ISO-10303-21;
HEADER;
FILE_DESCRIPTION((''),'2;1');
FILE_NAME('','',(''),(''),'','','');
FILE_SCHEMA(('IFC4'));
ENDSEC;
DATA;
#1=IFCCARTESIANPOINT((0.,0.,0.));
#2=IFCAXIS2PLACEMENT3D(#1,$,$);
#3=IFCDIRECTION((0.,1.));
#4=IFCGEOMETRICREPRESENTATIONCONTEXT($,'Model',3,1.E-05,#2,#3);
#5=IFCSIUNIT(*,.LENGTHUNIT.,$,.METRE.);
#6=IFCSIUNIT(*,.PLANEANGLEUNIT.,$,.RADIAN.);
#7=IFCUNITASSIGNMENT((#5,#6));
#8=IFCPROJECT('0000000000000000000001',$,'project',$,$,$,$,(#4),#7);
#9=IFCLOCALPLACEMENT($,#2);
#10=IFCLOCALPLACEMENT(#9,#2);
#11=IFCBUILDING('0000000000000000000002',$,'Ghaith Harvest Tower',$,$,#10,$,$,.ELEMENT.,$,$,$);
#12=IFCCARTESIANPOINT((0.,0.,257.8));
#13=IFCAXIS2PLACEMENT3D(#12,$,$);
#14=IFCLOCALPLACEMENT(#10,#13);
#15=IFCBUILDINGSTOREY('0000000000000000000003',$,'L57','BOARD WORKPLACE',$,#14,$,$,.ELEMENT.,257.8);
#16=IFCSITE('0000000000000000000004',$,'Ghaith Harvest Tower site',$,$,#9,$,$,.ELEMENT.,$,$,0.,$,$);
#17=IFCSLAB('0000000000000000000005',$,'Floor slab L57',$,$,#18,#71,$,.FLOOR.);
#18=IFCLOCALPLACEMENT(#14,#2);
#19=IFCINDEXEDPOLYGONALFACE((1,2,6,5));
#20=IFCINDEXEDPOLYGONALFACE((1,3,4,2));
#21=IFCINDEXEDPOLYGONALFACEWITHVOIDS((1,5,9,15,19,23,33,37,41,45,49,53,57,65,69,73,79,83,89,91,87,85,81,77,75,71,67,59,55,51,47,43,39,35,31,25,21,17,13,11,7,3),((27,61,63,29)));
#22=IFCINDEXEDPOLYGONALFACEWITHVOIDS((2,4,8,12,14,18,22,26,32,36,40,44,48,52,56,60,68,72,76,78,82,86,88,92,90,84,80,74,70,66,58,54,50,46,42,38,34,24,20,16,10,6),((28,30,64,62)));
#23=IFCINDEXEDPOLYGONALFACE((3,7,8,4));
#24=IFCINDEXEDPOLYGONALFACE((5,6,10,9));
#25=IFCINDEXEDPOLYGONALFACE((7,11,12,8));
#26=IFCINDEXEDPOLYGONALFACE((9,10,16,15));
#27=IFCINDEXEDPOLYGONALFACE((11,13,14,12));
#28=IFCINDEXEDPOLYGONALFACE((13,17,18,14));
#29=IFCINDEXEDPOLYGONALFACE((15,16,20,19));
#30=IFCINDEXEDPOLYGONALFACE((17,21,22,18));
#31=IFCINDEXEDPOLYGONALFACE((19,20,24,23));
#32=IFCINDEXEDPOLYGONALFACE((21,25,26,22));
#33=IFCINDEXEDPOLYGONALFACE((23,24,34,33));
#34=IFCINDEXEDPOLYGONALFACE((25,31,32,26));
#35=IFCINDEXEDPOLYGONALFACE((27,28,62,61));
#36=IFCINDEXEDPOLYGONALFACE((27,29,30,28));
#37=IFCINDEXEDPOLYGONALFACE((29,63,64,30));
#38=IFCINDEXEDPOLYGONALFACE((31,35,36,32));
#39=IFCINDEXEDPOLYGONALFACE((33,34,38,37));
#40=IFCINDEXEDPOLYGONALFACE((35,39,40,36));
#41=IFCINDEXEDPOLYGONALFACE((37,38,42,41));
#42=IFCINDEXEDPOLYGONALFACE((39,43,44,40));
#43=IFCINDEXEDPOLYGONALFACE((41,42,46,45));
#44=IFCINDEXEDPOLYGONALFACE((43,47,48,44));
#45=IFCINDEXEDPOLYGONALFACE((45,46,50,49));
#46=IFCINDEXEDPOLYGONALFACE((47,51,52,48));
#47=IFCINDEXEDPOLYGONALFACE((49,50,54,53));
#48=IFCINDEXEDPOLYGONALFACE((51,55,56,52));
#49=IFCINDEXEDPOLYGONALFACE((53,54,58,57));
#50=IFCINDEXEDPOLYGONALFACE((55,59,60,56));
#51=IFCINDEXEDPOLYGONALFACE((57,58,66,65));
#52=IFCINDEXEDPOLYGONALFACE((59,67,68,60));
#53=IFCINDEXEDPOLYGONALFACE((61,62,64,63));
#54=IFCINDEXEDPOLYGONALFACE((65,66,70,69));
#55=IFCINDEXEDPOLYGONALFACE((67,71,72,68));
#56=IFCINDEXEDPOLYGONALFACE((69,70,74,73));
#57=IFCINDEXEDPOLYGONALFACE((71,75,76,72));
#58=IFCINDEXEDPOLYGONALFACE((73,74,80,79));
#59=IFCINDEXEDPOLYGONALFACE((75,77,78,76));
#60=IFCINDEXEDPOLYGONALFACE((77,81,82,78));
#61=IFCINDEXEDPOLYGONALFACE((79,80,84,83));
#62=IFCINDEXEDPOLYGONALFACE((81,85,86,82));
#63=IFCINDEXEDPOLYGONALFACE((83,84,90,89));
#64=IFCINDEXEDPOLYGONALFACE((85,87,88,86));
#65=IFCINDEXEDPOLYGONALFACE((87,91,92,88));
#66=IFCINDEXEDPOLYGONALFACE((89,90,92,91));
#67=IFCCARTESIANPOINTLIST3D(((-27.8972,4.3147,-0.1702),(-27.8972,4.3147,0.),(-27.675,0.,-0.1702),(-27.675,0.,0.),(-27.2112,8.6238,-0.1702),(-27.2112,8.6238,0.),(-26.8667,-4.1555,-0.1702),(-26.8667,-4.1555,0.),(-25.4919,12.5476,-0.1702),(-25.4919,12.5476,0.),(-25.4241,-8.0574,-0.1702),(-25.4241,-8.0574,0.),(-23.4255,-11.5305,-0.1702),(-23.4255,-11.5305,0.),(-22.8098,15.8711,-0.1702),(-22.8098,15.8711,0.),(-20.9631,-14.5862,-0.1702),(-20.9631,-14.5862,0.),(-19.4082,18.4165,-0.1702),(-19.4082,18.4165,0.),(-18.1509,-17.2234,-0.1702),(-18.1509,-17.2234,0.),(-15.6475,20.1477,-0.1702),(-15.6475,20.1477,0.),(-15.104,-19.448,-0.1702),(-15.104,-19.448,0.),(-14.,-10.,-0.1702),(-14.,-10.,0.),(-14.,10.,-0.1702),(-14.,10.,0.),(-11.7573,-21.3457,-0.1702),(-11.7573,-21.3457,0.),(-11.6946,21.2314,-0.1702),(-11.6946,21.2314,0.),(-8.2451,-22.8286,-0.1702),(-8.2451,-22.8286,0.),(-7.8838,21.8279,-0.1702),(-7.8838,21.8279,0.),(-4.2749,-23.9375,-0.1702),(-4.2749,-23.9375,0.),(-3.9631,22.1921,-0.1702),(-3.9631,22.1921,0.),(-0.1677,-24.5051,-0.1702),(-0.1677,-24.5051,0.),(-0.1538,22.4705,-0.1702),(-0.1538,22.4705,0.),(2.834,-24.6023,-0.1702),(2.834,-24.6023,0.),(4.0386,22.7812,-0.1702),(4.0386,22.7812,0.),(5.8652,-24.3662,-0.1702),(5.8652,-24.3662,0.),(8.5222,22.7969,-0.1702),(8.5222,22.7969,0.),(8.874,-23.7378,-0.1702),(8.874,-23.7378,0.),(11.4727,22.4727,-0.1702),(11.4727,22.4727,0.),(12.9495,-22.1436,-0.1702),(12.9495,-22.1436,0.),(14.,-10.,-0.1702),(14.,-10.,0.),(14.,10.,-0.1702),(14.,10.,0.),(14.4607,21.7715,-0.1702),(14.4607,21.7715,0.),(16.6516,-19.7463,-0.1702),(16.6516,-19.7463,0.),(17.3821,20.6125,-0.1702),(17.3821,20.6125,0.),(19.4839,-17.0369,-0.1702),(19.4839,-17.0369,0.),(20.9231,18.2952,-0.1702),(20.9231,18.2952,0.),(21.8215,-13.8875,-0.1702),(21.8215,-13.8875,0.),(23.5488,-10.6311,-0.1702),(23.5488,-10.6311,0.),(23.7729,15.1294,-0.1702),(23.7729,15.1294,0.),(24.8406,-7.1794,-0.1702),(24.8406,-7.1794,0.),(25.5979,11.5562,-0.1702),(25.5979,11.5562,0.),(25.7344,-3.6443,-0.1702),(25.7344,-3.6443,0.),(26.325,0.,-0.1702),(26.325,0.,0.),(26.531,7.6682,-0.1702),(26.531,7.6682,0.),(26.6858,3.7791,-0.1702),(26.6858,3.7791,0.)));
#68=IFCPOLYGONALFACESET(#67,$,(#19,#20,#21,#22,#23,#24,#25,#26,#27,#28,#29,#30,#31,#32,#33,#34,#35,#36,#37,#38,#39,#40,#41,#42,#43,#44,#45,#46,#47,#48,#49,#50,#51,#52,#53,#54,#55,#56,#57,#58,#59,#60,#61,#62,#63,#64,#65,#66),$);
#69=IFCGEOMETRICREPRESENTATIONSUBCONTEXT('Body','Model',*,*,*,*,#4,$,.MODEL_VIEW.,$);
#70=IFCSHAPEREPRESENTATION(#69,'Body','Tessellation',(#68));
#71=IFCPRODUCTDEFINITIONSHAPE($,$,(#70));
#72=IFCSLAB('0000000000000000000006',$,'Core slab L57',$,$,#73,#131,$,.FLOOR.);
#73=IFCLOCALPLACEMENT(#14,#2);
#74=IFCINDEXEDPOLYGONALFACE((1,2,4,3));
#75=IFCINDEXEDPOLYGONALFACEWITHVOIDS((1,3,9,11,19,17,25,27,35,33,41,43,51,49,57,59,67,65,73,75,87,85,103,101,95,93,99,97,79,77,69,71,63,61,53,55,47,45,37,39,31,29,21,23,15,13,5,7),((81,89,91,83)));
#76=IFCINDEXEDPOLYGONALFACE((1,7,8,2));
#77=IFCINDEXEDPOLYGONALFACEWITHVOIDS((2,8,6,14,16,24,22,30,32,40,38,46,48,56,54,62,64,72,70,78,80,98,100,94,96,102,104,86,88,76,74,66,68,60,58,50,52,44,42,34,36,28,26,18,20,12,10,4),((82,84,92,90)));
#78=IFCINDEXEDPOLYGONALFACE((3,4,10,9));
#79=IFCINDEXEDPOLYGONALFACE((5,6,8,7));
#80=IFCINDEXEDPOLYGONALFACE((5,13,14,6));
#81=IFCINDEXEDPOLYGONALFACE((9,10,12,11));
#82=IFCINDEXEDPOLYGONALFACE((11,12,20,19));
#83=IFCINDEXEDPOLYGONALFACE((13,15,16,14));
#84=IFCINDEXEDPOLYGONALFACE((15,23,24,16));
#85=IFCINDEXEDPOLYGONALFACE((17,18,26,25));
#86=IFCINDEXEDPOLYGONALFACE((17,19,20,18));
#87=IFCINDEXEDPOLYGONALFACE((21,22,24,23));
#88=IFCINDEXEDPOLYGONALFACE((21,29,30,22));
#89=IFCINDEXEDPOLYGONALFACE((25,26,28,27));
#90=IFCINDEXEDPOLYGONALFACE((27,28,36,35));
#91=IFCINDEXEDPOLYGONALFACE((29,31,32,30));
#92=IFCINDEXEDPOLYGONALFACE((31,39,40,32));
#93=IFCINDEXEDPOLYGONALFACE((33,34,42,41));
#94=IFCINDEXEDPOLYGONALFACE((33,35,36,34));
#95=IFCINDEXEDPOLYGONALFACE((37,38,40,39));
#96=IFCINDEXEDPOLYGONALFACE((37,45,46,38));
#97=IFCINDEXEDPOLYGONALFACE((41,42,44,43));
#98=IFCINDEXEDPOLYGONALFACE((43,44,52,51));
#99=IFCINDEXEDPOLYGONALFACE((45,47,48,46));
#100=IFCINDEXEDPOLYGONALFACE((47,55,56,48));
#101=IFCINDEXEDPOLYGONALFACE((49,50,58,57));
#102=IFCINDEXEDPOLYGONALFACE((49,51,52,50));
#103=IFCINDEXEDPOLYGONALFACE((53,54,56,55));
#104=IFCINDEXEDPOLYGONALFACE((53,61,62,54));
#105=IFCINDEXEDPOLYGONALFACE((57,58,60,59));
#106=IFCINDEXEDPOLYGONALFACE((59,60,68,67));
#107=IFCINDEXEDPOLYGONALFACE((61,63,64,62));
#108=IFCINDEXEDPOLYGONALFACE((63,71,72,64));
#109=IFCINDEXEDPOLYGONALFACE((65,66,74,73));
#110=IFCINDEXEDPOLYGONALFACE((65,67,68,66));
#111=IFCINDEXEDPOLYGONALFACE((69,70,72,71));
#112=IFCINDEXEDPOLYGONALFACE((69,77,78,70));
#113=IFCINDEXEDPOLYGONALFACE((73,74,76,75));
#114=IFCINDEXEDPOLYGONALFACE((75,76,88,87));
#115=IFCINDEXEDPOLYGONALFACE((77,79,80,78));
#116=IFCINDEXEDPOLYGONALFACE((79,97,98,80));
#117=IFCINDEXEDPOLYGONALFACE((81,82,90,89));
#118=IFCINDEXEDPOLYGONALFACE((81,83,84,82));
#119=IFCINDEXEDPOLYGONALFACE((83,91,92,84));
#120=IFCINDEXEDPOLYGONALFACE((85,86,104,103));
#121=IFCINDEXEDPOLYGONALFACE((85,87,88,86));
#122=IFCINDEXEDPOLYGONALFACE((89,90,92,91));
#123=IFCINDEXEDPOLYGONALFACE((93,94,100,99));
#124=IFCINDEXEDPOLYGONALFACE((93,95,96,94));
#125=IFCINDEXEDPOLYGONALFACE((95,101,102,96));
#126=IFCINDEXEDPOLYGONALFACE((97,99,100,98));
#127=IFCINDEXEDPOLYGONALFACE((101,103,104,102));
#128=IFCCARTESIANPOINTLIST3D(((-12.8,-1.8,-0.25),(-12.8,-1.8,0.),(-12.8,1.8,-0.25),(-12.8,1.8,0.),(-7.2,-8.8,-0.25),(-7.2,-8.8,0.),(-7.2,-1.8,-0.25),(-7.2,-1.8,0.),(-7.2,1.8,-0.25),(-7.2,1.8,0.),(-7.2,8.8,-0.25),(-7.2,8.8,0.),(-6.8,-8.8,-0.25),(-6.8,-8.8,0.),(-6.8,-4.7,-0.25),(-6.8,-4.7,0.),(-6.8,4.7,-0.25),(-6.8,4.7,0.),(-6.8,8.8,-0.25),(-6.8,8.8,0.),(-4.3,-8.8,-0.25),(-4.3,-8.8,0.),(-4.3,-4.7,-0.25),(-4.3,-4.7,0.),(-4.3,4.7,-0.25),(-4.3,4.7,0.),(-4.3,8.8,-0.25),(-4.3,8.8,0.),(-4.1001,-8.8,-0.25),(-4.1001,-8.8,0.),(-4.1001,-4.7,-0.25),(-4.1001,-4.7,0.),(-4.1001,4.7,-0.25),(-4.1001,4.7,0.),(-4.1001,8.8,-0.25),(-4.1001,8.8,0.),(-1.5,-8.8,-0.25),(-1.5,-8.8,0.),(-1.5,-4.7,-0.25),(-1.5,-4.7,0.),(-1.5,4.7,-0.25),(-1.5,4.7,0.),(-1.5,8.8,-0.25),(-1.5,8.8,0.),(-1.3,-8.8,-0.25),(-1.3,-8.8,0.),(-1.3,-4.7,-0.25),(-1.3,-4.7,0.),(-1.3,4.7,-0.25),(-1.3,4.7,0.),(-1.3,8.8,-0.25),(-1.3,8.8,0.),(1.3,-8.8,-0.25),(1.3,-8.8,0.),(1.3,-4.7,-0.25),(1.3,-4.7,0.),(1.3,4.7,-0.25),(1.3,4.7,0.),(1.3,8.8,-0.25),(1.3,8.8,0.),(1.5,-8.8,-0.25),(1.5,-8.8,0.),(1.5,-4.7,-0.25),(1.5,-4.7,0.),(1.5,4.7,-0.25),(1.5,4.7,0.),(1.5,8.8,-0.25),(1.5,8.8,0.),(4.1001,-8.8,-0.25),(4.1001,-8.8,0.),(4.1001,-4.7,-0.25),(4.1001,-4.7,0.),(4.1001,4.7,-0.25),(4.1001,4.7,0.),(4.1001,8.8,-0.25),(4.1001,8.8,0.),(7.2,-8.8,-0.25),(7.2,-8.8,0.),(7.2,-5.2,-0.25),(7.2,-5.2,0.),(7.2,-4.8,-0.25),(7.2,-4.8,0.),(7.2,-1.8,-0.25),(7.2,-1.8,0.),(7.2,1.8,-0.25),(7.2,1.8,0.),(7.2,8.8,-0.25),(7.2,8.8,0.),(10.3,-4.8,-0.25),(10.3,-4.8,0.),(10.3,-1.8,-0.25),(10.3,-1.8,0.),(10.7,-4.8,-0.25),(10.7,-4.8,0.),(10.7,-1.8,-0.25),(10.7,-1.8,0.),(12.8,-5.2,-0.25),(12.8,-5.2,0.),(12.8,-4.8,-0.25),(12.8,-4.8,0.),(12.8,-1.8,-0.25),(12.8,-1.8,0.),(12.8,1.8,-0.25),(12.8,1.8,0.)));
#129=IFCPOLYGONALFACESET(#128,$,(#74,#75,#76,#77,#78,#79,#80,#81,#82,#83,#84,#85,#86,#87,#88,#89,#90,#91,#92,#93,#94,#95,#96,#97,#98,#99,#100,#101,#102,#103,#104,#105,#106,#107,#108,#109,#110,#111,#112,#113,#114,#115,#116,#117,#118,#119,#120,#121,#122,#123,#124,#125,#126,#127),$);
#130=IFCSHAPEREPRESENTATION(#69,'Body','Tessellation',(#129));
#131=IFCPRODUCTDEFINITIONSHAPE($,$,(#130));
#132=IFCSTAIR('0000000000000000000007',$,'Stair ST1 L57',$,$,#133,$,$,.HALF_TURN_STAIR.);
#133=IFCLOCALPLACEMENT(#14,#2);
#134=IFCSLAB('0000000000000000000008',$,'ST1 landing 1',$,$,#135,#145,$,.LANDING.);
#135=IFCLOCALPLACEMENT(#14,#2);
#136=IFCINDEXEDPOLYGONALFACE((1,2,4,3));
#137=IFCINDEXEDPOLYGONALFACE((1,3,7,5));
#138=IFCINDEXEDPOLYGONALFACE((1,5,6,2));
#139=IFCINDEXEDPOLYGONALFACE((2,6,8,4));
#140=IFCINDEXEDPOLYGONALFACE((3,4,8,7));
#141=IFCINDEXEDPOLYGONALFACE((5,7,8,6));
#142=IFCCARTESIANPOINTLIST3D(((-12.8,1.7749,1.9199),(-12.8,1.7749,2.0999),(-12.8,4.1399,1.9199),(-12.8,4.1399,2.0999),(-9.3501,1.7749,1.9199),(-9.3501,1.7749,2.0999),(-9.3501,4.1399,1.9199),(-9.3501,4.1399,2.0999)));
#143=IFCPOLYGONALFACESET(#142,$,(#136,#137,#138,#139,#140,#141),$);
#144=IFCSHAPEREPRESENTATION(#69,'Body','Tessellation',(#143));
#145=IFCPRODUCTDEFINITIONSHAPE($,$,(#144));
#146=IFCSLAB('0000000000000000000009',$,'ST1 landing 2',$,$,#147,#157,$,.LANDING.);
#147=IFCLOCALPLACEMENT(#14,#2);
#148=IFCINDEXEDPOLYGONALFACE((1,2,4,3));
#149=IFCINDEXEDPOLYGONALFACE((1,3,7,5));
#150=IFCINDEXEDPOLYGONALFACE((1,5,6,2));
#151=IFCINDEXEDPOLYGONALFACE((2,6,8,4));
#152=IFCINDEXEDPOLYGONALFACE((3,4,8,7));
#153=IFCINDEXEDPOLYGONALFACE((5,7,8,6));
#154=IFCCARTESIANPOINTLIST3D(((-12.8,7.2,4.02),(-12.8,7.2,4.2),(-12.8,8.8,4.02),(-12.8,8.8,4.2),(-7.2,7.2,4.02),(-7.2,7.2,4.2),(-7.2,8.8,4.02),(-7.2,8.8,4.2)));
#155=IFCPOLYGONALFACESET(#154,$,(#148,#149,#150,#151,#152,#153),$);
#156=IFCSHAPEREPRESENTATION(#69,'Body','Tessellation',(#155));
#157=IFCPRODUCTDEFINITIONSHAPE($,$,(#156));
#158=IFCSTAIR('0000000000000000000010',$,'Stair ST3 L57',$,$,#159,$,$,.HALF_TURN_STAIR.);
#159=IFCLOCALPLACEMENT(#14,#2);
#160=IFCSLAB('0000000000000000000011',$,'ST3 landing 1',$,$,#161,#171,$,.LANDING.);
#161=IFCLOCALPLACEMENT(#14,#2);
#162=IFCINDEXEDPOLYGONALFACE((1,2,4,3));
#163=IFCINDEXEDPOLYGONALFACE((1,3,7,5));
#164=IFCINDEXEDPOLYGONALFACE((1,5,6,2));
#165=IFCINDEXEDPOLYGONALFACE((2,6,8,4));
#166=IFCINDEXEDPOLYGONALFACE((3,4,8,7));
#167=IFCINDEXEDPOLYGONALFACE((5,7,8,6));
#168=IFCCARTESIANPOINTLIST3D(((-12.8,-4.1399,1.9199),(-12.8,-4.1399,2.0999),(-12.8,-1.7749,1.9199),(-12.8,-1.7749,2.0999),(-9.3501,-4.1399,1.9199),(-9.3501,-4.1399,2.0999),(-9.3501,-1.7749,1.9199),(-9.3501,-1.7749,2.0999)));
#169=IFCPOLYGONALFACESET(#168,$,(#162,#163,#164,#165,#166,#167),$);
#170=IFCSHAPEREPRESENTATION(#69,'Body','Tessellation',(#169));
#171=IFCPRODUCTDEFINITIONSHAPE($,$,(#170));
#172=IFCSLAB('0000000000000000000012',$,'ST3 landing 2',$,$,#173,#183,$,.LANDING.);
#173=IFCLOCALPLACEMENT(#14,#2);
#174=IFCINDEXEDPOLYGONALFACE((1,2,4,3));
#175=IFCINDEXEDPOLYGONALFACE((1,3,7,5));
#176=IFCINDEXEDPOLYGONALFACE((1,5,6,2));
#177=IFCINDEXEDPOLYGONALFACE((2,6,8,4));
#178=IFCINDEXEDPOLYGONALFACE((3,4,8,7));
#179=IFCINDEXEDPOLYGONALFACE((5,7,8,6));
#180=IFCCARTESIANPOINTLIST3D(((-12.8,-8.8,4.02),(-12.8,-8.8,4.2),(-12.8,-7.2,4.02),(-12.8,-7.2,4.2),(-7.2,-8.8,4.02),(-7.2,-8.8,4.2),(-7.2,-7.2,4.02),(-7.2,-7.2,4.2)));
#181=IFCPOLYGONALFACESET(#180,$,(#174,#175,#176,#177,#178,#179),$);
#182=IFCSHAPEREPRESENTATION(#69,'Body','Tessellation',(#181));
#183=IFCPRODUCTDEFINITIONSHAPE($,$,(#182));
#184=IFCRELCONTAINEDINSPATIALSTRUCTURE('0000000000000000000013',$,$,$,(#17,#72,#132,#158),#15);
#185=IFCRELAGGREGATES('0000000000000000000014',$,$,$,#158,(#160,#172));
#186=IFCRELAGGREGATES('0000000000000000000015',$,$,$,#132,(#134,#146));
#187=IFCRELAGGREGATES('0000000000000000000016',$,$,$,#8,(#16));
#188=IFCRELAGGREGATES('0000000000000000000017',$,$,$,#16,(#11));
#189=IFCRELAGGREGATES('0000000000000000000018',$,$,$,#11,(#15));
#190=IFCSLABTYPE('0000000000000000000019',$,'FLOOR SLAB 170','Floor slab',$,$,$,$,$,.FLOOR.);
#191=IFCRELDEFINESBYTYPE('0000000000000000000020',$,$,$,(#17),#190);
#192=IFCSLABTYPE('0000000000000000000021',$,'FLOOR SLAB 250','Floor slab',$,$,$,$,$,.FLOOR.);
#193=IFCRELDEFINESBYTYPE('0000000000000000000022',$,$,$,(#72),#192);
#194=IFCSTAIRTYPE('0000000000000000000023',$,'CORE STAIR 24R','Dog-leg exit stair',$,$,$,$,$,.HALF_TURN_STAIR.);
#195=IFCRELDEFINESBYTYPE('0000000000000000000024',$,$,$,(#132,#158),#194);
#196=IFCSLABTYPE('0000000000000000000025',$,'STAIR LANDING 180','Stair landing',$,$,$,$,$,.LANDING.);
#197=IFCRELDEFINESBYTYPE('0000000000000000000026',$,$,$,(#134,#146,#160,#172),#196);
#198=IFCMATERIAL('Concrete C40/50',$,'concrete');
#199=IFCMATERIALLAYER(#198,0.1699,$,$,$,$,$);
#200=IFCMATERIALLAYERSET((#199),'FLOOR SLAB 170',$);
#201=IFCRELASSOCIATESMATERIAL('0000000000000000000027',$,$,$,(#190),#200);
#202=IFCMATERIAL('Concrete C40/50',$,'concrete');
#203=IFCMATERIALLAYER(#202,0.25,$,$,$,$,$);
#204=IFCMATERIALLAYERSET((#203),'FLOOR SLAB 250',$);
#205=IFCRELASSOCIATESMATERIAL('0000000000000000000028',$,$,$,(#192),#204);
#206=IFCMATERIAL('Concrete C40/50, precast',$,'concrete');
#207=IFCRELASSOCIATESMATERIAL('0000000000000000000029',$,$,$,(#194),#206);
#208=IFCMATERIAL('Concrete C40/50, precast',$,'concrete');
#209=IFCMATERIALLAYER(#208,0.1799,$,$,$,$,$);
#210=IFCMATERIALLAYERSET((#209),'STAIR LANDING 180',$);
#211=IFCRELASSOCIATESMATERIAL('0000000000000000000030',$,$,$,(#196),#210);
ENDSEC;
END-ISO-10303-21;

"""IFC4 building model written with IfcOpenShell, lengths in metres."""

from ifc_helpers import new_model, si_unit, direction, frame, origin, place, context, subcontext, project, spatial, polyline, outline, extrude, material, layer, layer_set, type_object, element, aggregate, save


model = new_model("IFC4")

# Units and contexts
model_context = context("Model", 3, precision=1e-05, world=origin(), true_north=direction((0.0, 1.0)))
body_context = subcontext(model_context, "Body", "Model", "MODEL_VIEW")
ifc_project = project(units=[si_unit("LENGTHUNIT", "METRE"), si_unit("PLANEANGLEUNIT", "RADIAN")], contexts=[model_context])

# Site, building, storey
site_placement = place(None, origin())
site = spatial("IfcSite", under=ifc_project, at=site_placement, Name="Ghaith Harvest Tower site", CompositionType="ELEMENT", RefElevation=0.0)
building_placement = place(site_placement, origin())
building = spatial("IfcBuilding", under=site, at=building_placement, Name="Ghaith Harvest Tower", CompositionType="ELEMENT")
storey_placement = place(building_placement, frame((0.0, 0.0, 257.8)))
storey = spatial("IfcBuildingStorey", under=building, at=storey_placement, Name="L57", Description="BOARD WORKPLACE", CompositionType="ELEMENT", Elevation=257.8)

# Slabs
ifc_material_1 = material(Name="Concrete C40/50", Category="concrete")
ifc_layer_1 = layer(ifc_material_1, 0.1699)
ifc_layer_set_1 = layer_set([ifc_layer_1], Name="FLOOR SLAB 170")
slab_type_1 = type_object("IfcSlabType", Name="FLOOR SLAB 170", Description="Floor slab", PredefinedType="FLOOR", material=ifc_layer_set_1)
slab_1_placement = place(storey_placement, frame((0.0, 0.0, -0.1702)))
element("IfcSlab", 1, at=slab_1_placement, inside=storey, type_object=slab_type_1, Name="Floor slab L57", PredefinedType="FLOOR", context=body_context, shape_type="SweptSolid", body=[
    extrude(outline(polyline([(26.325, 0.0), (26.6858, 3.7791), (26.531, 7.6682), (25.5979, 11.5562), (23.7729, 15.1294), (20.9231, 18.2952), (17.3821, 20.6125), (14.4607, 21.7715), (11.4727, 22.4727), (8.5222, 22.7969), (4.0386, 22.7812), (-0.1538, 22.4705), (-3.9631, 22.1921), (-7.8838, 21.8279), (-11.6946, 21.2314), (-15.6475, 20.1477), (-19.4082, 18.4165), (-22.8098, 15.8711), (-25.4919, 12.5476), (-27.2112, 8.6238), (-27.8972, 4.3147), (-27.675, 0.0), (-26.8667, -4.1555), (-25.4241, -8.0574), (-23.4255, -11.5305), (-20.9631, -14.5862), (-18.1509, -17.2234), (-15.104, -19.448), (-11.7573, -21.3457), (-8.2451, -22.8286), (-4.2749, -23.9375), (-0.1677, -24.5051), (2.834, -24.6023), (5.8652, -24.3662), (8.874, -23.7378), (12.9495, -22.1436), (16.6516, -19.7463), (19.4839, -17.0369), (21.8215, -13.8875), (23.5488, -10.6311), (24.8406, -7.1794), (25.7344, -3.6443), (26.325, 0.0)]), holes=[polyline([(-14.0, -10.0), (14.0, -10.0), (14.0, 10.0), (-14.0, 10.0), (-14.0, -10.0)])]), origin(), (0.0, 0.0, 1.0), 0.1702),
])
ifc_material_2 = material(Name="Concrete C40/50", Category="concrete")
ifc_layer_2 = layer(ifc_material_2, 0.25)
ifc_layer_set_2 = layer_set([ifc_layer_2], Name="FLOOR SLAB 250")
slab_type_2 = type_object("IfcSlabType", Name="FLOOR SLAB 250", Description="Floor slab", PredefinedType="FLOOR", material=ifc_layer_set_2)
slab_2_placement = place(storey_placement, frame((0.0, 0.0, -0.25)))
element("IfcSlab", 2, at=slab_2_placement, inside=storey, type_object=slab_type_2, Name="Core slab L57", PredefinedType="FLOOR", context=body_context, shape_type="SweptSolid", body=[
    extrude(outline(polyline([(-12.8, 1.8), (-7.2, 1.8), (-7.2, 8.8), (-6.8, 8.8), (-6.8, 4.7), (-4.3, 4.7), (-4.3, 8.8), (-4.1001, 8.8), (-4.1001, 4.7), (-1.5, 4.7), (-1.5, 8.8), (-1.3, 8.8), (-1.3, 4.7), (1.3, 4.7), (1.3, 8.8), (1.5, 8.8), (1.5, 4.7), (4.1001, 4.7), (4.1001, 8.8), (7.2, 8.8), (7.2, 1.8), (12.8, 1.8), (12.8, -1.8), (10.7, -1.8), (10.7, -4.8), (12.8, -4.8), (12.8, -5.2), (7.2, -5.2), (7.2, -8.8), (4.1001, -8.8), (4.1001, -4.7), (1.5, -4.7), (1.5, -8.8), (1.3, -8.8), (1.3, -4.7), (-1.3, -4.7), (-1.3, -8.8), (-1.5, -8.8), (-1.5, -4.7), (-4.1001, -4.7), (-4.1001, -8.8), (-4.3, -8.8), (-4.3, -4.7), (-6.8, -4.7), (-6.8, -8.8), (-7.2, -8.8), (-7.2, -1.8), (-12.8, -1.8), (-12.8, 1.8)]), holes=[polyline([(10.3, -4.8), (10.3, -1.8), (7.2, -1.8), (7.2, -4.8), (10.3, -4.8)])]), origin(), (0.0, 0.0, 1.0), 0.25),
])

# Stairs, slabs
ifc_material_3 = material(Name="Concrete C40/50, precast", Category="concrete")
stair_type = type_object("IfcStairType", Name="CORE STAIR 24R", Description="Dog-leg exit stair", PredefinedType="HALF_TURN_STAIR", material=ifc_material_3)
stair_1_placement = place(storey_placement, origin())
stair_1 = element("IfcStair", 3, at=stair_1_placement, inside=storey, type_object=stair_type, Name="Stair ST1 L57", PredefinedType="HALF_TURN_STAIR")
ifc_material_4 = material(Name="Concrete C40/50, precast", Category="concrete")
ifc_layer_3 = layer(ifc_material_4, 0.1799)
ifc_layer_set_3 = layer_set([ifc_layer_3], Name="STAIR LANDING 180")
slab_type_3 = type_object("IfcSlabType", Name="STAIR LANDING 180", Description="Stair landing", PredefinedType="LANDING", material=ifc_layer_set_3)
slab_3_placement = place(storey_placement, frame((0.0, 0.0, 1.9199)))
slab_3 = element("IfcSlab", 4, at=slab_3_placement, type_object=slab_type_3, Name="ST1 landing 1", PredefinedType="LANDING", context=body_context, shape_type="SweptSolid", body=[
    extrude(outline(polyline([(-12.8, 4.1399), (-12.8, 1.7749), (-9.3501, 1.7749), (-9.3501, 4.1399), (-12.8, 4.1399)])), origin(), (0.0, 0.0, 1.0), 0.1799),
])
slab_4_placement = place(storey_placement, frame((0.0, 0.0, 4.02)))
slab_4 = element("IfcSlab", 5, at=slab_4_placement, type_object=slab_type_3, Name="ST1 landing 2", PredefinedType="LANDING", context=body_context, shape_type="SweptSolid", body=[
    extrude(outline(polyline([(-12.8, 8.8), (-12.8, 7.2), (-7.2, 7.2), (-7.2, 8.8), (-12.8, 8.8)])), origin(), (0.0, 0.0, 1.0), 0.1799),
])
stair_2_placement = place(storey_placement, origin())
stair_2 = element("IfcStair", 6, at=stair_2_placement, inside=storey, type_object=stair_type, Name="Stair ST3 L57", PredefinedType="HALF_TURN_STAIR")
slab_5_placement = place(storey_placement, frame((0.0, 0.0, 1.9199)))
slab_5 = element("IfcSlab", 7, at=slab_5_placement, type_object=slab_type_3, Name="ST3 landing 1", PredefinedType="LANDING", context=body_context, shape_type="SweptSolid", body=[
    extrude(outline(polyline([(-12.8, -4.1399), (-12.8, -1.7749), (-9.3501, -1.7749), (-9.3501, -4.1399), (-12.8, -4.1399)])), origin(), (0.0, 0.0, 1.0), 0.1799),
])
slab_6_placement = place(storey_placement, frame((0.0, 0.0, 4.02)))
slab_6 = element("IfcSlab", 8, at=slab_6_placement, type_object=slab_type_3, Name="ST3 landing 2", PredefinedType="LANDING", context=body_context, shape_type="SweptSolid", body=[
    extrude(outline(polyline([(-12.8, -8.8), (-12.8, -7.2), (-7.2, -7.2), (-7.2, -8.8), (-12.8, -8.8)])), origin(), (0.0, 0.0, 1.0), 0.1799),
])
aggregate(stair_2, [slab_5, slab_6])

aggregate(stair_1, [slab_3, slab_4])

save(model, "model.ifc")
